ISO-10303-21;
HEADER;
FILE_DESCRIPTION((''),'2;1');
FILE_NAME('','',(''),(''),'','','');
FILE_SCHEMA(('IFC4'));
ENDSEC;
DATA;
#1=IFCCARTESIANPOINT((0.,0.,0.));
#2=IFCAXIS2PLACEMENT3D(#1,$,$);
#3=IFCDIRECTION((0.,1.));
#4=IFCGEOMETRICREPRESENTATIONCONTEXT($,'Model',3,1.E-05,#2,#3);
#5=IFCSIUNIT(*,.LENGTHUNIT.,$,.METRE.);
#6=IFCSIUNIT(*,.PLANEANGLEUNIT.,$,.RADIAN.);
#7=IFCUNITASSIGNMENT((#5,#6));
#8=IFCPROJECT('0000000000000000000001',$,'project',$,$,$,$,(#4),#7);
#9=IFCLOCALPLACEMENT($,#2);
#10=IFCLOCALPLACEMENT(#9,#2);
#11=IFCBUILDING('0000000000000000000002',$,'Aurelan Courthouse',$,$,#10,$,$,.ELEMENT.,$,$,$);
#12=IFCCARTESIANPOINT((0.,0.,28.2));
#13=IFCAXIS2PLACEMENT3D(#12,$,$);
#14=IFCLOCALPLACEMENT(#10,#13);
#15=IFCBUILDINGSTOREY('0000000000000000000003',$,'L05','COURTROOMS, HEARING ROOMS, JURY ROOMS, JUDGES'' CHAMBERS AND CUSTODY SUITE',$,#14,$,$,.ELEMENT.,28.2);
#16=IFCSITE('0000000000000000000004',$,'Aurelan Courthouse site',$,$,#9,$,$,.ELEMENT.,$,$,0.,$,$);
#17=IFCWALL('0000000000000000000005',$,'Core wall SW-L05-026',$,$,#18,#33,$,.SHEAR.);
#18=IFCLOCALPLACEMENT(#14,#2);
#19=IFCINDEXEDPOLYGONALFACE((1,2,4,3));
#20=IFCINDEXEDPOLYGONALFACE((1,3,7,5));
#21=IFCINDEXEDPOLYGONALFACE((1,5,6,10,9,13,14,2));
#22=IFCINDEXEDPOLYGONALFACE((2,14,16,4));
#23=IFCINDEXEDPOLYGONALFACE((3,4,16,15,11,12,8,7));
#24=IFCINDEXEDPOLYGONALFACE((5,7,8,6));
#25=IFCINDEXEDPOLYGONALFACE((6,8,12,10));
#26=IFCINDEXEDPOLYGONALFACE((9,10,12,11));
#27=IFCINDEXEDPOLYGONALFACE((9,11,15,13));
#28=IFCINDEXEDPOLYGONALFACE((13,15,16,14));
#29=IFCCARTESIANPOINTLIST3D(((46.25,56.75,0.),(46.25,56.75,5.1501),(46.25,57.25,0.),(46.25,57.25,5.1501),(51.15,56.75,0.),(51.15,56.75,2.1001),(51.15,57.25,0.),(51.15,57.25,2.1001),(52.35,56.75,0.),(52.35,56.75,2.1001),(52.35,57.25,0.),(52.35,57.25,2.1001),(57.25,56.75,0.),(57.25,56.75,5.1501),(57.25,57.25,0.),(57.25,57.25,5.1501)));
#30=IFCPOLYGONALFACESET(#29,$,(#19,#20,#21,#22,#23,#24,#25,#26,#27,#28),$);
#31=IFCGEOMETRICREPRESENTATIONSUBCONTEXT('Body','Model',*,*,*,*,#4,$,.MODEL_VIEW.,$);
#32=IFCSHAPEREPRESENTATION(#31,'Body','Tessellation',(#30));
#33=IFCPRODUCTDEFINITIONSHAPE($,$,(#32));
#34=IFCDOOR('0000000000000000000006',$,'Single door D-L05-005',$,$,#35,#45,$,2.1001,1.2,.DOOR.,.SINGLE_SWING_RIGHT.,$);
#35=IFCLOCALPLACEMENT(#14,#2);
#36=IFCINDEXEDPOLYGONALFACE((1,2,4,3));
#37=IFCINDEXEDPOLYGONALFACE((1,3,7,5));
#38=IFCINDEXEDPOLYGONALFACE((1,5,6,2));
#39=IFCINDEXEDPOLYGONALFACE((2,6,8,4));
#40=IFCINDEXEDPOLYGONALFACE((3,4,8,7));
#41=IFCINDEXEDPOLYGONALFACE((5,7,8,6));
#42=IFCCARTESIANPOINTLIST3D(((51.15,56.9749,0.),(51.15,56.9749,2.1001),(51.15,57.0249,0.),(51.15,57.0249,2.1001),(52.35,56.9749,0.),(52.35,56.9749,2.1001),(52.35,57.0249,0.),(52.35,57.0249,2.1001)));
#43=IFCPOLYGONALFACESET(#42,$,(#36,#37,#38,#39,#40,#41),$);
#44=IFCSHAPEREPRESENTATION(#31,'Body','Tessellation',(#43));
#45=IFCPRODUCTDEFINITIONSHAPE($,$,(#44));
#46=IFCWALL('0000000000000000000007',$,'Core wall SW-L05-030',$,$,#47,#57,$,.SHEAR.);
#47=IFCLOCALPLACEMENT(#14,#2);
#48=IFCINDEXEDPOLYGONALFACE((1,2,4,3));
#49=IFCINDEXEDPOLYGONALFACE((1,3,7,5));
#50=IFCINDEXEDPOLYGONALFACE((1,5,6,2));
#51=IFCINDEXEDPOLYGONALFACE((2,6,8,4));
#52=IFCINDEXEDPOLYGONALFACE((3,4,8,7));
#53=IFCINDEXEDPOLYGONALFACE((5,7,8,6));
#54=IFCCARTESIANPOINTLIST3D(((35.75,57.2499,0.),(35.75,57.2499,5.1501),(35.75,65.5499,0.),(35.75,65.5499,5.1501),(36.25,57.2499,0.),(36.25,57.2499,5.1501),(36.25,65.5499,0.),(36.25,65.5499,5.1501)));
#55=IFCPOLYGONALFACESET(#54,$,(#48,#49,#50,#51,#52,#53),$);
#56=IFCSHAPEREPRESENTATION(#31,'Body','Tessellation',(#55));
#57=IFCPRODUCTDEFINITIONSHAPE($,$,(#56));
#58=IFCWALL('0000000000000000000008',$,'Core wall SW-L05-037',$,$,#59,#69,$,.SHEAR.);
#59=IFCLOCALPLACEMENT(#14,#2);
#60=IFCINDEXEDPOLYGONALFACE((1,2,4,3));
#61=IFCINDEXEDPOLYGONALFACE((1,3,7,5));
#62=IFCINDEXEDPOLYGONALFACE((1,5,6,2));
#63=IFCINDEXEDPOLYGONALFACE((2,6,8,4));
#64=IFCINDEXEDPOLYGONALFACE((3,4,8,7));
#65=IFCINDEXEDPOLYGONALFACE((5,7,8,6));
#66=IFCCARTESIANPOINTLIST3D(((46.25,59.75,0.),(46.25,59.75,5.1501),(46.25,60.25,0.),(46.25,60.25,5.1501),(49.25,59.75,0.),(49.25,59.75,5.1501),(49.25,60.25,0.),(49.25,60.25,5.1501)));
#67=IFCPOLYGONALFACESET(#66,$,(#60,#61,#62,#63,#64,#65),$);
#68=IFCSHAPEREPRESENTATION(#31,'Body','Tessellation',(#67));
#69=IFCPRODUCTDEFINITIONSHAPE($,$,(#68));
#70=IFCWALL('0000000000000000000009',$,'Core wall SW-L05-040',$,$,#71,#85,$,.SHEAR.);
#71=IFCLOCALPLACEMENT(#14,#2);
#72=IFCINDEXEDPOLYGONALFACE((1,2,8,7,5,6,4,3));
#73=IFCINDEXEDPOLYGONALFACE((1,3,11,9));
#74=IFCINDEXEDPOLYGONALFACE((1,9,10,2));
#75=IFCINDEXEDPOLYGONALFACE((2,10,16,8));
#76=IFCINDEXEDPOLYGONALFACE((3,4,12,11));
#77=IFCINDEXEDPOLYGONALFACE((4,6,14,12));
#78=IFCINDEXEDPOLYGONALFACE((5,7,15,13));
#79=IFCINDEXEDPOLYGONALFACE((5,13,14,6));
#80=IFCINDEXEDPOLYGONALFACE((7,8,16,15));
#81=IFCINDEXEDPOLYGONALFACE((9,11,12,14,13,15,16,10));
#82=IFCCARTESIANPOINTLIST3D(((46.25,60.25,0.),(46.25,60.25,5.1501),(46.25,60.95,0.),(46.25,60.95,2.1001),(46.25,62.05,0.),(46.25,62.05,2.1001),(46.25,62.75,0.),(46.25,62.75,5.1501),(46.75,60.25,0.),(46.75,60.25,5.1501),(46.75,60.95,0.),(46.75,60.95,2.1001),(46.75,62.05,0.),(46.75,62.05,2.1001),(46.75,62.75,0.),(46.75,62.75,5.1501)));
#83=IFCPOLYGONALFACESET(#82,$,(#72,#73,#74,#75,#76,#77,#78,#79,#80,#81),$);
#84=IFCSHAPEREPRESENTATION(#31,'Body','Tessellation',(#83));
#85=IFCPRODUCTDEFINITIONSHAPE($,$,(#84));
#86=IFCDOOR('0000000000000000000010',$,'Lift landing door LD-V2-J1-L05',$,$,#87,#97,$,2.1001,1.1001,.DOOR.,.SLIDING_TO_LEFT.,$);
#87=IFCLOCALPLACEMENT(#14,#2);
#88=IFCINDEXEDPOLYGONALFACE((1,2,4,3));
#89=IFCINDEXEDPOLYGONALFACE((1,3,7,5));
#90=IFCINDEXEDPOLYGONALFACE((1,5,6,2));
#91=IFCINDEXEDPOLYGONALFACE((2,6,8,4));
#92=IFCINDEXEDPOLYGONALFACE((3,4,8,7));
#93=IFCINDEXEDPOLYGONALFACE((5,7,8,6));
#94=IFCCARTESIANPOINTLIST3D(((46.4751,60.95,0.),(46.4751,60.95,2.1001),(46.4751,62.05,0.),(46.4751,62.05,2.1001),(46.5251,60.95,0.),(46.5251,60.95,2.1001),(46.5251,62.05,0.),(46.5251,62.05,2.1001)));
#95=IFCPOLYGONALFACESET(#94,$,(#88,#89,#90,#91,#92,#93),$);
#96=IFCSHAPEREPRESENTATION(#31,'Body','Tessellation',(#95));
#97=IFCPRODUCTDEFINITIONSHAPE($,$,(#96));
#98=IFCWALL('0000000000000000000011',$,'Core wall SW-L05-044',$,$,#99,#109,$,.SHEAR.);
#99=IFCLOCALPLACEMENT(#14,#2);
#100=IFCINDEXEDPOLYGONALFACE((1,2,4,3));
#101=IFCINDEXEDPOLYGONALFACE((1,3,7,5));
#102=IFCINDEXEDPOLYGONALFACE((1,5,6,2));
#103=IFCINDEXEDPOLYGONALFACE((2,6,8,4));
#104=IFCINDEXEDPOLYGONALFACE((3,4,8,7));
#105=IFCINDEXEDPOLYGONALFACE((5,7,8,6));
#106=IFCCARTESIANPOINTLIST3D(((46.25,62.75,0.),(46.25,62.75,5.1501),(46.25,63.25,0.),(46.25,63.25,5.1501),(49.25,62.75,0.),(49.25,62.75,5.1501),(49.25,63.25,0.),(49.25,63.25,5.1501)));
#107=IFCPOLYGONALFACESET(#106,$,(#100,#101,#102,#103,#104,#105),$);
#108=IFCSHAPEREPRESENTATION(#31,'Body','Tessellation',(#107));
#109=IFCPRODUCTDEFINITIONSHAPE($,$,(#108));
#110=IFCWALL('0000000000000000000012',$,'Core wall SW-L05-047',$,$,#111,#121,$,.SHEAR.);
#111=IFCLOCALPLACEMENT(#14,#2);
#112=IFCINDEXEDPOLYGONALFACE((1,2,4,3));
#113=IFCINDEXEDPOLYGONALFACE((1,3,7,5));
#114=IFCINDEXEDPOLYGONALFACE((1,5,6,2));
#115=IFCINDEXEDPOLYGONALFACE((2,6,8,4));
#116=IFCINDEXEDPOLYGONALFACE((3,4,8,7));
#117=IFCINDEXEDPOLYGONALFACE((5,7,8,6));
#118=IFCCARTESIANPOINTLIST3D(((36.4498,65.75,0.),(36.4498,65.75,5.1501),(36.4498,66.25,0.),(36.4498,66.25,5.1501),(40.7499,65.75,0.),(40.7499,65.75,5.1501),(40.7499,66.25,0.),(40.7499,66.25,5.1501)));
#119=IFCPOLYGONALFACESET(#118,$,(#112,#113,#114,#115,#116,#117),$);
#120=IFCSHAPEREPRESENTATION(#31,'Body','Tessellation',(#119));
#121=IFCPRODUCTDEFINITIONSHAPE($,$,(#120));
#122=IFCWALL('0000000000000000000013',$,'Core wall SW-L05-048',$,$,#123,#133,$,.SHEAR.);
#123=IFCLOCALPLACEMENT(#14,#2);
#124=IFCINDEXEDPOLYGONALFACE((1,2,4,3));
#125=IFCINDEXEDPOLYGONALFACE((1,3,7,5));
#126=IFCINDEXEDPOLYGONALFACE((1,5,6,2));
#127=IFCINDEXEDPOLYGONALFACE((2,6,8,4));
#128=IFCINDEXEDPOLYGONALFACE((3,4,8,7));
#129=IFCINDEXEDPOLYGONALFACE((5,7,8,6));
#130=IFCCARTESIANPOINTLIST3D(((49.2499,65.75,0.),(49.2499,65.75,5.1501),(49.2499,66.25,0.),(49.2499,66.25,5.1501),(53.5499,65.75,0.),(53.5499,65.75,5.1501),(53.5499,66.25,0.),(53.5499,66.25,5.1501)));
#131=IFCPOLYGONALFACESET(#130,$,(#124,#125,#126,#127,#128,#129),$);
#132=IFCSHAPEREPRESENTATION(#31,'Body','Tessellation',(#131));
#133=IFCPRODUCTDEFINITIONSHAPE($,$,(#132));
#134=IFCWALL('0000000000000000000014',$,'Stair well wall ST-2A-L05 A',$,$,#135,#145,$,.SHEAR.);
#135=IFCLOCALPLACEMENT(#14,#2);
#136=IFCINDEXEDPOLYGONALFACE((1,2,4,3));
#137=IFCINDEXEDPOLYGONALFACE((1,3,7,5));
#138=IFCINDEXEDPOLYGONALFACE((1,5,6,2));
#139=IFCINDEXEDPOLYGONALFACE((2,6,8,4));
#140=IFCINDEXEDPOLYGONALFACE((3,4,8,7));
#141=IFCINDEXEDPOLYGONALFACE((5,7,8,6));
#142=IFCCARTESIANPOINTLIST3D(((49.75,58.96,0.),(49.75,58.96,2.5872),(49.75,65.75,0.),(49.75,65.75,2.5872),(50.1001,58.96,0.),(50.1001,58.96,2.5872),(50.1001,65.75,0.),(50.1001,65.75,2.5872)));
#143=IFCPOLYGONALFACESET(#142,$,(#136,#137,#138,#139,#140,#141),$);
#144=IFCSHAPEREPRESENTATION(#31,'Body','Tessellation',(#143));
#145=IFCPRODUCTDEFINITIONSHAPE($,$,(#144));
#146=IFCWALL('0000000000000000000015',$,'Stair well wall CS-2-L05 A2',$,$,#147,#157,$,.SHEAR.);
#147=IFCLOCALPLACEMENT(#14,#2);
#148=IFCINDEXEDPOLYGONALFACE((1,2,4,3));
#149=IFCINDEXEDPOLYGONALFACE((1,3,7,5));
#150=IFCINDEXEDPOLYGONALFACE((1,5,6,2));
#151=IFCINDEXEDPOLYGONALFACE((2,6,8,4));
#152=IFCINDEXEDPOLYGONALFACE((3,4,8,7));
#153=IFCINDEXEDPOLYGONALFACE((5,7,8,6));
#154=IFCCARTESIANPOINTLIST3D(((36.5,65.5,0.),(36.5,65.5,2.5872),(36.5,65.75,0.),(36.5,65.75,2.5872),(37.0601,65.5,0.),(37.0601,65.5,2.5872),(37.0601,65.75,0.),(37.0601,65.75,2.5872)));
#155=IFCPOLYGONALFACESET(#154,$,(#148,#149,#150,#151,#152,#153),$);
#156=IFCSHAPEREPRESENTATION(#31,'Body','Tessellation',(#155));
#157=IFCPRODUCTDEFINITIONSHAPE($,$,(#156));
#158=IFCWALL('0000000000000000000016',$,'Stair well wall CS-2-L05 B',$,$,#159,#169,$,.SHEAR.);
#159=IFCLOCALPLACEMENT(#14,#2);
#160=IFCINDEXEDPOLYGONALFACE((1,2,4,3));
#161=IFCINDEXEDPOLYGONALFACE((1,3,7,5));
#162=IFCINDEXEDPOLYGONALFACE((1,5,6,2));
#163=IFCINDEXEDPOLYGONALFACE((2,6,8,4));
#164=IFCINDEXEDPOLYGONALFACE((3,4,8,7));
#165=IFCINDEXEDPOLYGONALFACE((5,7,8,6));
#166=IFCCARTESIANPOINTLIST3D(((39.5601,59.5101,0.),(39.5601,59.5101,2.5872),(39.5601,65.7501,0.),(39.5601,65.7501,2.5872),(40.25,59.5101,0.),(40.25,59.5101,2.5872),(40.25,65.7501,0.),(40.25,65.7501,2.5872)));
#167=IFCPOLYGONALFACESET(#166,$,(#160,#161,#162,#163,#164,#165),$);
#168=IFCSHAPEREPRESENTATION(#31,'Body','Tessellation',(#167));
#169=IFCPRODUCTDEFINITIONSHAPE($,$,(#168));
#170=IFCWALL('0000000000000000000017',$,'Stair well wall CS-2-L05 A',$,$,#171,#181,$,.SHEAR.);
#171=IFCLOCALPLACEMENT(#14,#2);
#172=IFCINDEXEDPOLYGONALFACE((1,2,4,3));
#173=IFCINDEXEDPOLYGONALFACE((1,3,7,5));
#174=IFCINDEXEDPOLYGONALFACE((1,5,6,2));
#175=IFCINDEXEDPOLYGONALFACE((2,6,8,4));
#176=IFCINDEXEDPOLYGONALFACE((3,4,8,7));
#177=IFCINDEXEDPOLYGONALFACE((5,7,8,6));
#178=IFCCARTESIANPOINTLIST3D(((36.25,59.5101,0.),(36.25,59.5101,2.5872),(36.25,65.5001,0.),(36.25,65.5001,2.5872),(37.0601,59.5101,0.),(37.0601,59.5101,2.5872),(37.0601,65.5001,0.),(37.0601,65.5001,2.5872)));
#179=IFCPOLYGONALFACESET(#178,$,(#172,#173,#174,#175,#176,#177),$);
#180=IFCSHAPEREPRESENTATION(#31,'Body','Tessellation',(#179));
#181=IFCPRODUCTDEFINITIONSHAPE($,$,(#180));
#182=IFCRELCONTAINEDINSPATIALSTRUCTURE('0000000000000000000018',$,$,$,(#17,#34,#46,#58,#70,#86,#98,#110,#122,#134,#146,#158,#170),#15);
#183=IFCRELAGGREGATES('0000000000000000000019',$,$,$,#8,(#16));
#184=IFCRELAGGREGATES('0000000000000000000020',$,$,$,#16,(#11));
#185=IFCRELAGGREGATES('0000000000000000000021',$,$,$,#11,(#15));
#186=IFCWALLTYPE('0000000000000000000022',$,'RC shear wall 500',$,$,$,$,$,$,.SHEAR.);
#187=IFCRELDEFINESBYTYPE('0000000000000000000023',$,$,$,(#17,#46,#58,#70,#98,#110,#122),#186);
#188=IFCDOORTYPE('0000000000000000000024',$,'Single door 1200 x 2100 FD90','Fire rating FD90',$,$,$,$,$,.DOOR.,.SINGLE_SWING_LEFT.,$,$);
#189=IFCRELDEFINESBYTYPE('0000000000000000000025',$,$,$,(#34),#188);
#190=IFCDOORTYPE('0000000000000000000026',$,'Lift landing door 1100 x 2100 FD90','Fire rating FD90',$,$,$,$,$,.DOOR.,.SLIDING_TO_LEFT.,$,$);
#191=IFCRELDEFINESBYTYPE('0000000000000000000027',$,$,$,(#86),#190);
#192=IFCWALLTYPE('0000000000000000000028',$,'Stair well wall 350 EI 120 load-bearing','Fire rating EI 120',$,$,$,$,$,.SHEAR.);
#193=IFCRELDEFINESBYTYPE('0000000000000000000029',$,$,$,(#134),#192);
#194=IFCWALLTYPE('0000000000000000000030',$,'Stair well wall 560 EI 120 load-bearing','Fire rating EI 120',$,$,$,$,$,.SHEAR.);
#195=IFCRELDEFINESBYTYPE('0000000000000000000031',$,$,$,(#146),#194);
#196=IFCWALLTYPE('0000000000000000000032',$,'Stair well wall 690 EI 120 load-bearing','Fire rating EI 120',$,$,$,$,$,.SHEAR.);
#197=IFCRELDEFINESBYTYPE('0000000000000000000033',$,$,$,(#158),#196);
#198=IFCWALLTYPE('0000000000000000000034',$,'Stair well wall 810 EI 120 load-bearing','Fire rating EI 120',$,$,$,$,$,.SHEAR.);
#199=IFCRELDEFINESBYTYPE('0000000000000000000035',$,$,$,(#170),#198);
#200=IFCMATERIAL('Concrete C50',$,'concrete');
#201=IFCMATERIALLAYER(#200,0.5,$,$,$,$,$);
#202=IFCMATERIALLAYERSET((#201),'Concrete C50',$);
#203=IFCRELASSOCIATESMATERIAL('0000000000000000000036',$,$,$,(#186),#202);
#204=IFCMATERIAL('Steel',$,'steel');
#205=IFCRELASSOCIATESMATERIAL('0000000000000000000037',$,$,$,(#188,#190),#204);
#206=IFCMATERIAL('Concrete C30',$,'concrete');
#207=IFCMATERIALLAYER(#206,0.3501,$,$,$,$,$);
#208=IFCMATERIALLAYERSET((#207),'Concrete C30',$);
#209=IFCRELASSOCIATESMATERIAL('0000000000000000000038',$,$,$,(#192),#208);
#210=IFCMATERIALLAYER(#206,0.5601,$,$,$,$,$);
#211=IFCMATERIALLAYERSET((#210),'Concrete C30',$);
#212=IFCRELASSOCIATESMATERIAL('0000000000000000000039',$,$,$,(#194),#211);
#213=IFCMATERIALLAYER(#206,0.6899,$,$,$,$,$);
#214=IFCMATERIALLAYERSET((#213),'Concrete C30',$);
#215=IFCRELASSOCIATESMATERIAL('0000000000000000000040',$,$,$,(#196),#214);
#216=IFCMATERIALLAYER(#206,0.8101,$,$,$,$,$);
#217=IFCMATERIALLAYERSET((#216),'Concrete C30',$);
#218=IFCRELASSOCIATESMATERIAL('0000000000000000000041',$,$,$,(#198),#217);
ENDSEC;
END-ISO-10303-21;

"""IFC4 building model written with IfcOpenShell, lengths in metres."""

from ifc_helpers import new_model, si_unit, direction, frame, frame_2d, origin, place, context, subcontext, project, spatial, rectangle, extrude, material, layer, layer_set, type_object, element, fill, save


model = new_model("IFC4")

# Units and contexts
model_context = context("Model", 3, precision=1e-05, world=origin(), true_north=direction((0.0, 1.0)))
body_context = subcontext(model_context, "Body", "Model", "MODEL_VIEW")
ifc_project = project(units=[si_unit("LENGTHUNIT", "METRE"), si_unit("PLANEANGLEUNIT", "RADIAN")], contexts=[model_context])

# Site, building, storey
site_placement = place(None, origin())
site = spatial("IfcSite", under=ifc_project, at=site_placement, Name="Aurelan Courthouse site", CompositionType="ELEMENT", RefElevation=0.0)
building_placement = place(site_placement, origin())
building = spatial("IfcBuilding", under=site, at=building_placement, Name="Aurelan Courthouse", CompositionType="ELEMENT")
storey_placement = place(building_placement, frame((0.0, 0.0, 28.2)))
storey = spatial("IfcBuildingStorey", under=building, at=storey_placement, Name="L05", Description="COURTROOMS, HEARING ROOMS, JURY ROOMS, JUDGES' CHAMBERS AND CUSTODY SUITE", CompositionType="ELEMENT", Elevation=28.2)

# Shared definitions
ifc_material_1 = material(Name="Concrete C50", Category="concrete")

# Shared definitions
ifc_material_2 = material(Name="Steel", Category="steel")

# Shared definitions
ifc_material_3 = material(Name="Concrete C30", Category="concrete")

# Wall, opening, door
ifc_layer_1 = layer(ifc_material_1, 0.5)
ifc_layer_set_1 = layer_set([ifc_layer_1], Name="Concrete C50")
wall_type_1 = type_object("IfcWallType", Name="RC shear wall 500", PredefinedType="SHEAR", material=ifc_layer_set_1)
wall_1_placement = place(storey_placement, frame((46.25, 57.0, 0.0), z_axis=(0.0, 0.0, 1.0), x_axis=(1.0, 0.0, 0.0)))
wall_1 = element("IfcWall", 1, at=wall_1_placement, inside=storey, type_object=wall_type_1, Name="Core wall SW-L05-026", PredefinedType="SHEAR", context=body_context, shape_type="SweptSolid", body=[
    extrude(rectangle(XDim=11.0, YDim=0.5, at=frame_2d((5.5, 0.0))), origin(), (0.0, 0.0, 1.0), 5.1501),
])
opening_1_placement = place(wall_1_placement, frame((4.8999, 0.0, 0.0)))
opening_1 = element("IfcOpeningElement", 2, at=opening_1_placement, cuts=wall_1, PredefinedType="OPENING", context=body_context, shape_type="SweptSolid", body=[
    extrude(rectangle(XDim=1.2, YDim=2.1001, at=frame_2d((0.6001, 1.05))), frame((0.0, 0.26, 0.0), z_axis=(0.0, -1.0, 0.0), x_axis=(1.0, 0.0, 0.0)), (0.0, 0.0, 1.0), 0.52),
])
door_type_1 = type_object("IfcDoorType", Name="Single door 1200 x 2100 FD90", Description="Fire rating FD90", OperationType="SINGLE_SWING_LEFT", PredefinedType="DOOR", material=ifc_material_2)
door_1_placement = place(opening_1_placement, origin())
door_1 = element("IfcDoor", 3, at=door_1_placement, inside=storey, type_object=door_type_1, Name="Single door D-L05-005", OperationType="SINGLE_SWING_RIGHT", OverallHeight=2.1001, OverallWidth=1.2, PredefinedType="DOOR", context=body_context, shape_type="SweptSolid", body=[
    extrude(rectangle(XDim=1.2, YDim=2.1001, at=frame_2d((0.6001, 1.05))), frame((0.0, 0.0249, 0.0), z_axis=(0.0, -1.0, 0.0), x_axis=(1.0, 0.0, 0.0)), (0.0, 0.0, 1.0), 0.05),
])
fill(opening_1, door_1)

# Walls
wall_2_placement = place(storey_placement, frame((36.0, 57.25, 0.0), z_axis=(0.0, 0.0, 1.0), x_axis=(0.0, 1.0, 0.0)))
element("IfcWall", 4, at=wall_2_placement, inside=storey, type_object=wall_type_1, Name="Core wall SW-L05-030", PredefinedType="SHEAR", context=body_context, shape_type="SweptSolid", body=[
    extrude(rectangle(XDim=8.3, YDim=0.5, at=frame_2d((4.1499, 0.0))), origin(), (0.0, 0.0, 1.0), 5.1501),
])
wall_3_placement = place(storey_placement, frame((46.25, 60.0, 0.0), z_axis=(0.0, 0.0, 1.0), x_axis=(1.0, 0.0, 0.0)))
element("IfcWall", 5, at=wall_3_placement, inside=storey, type_object=wall_type_1, Name="Core wall SW-L05-037", PredefinedType="SHEAR", context=body_context, shape_type="SweptSolid", body=[
    extrude(rectangle(XDim=3.0, YDim=0.5, at=frame_2d((1.5, 0.0))), origin(), (0.0, 0.0, 1.0), 5.1501),
])

# Wall, opening, door
wall_4_placement = place(storey_placement, frame((46.5, 60.25, 0.0), z_axis=(0.0, 0.0, 1.0), x_axis=(0.0, 1.0, 0.0)))
wall_4 = element("IfcWall", 6, at=wall_4_placement, inside=storey, type_object=wall_type_1, Name="Core wall SW-L05-040", PredefinedType="SHEAR", context=body_context, shape_type="SweptSolid", body=[
    extrude(rectangle(XDim=2.5, YDim=0.5, at=frame_2d((1.25, 0.0))), origin(), (0.0, 0.0, 1.0), 5.1501),
])
opening_2_placement = place(wall_4_placement, frame((0.7, 0.0, 0.0)))
opening_2 = element("IfcOpeningElement", 7, at=opening_2_placement, cuts=wall_4, PredefinedType="OPENING", context=body_context, shape_type="SweptSolid", body=[
    extrude(rectangle(XDim=1.1001, YDim=2.1001, at=frame_2d((0.55, 1.05))), frame((0.0, 0.26, 0.0), z_axis=(0.0, -1.0, 0.0), x_axis=(1.0, 0.0, 0.0)), (0.0, 0.0, 1.0), 0.52),
])
door_type_2 = type_object("IfcDoorType", Name="Lift landing door 1100 x 2100 FD90", Description="Fire rating FD90", OperationType="SLIDING_TO_LEFT", PredefinedType="DOOR", material=ifc_material_2)
door_2_placement = place(opening_2_placement, origin())
door_2 = element("IfcDoor", 8, at=door_2_placement, inside=storey, type_object=door_type_2, Name="Lift landing door LD-V2-J1-L05", OperationType="SLIDING_TO_LEFT", OverallHeight=2.1001, OverallWidth=1.1001, PredefinedType="DOOR", context=body_context, shape_type="SweptSolid", body=[
    extrude(rectangle(XDim=1.1001, YDim=2.1001, at=frame_2d((0.55, 1.05))), frame((0.0, 0.0249, 0.0), z_axis=(0.0, -1.0, 0.0), x_axis=(1.0, 0.0, 0.0)), (0.0, 0.0, 1.0), 0.05),
])
fill(opening_2, door_2)

# Walls
wall_5_placement = place(storey_placement, frame((46.25, 63.0, 0.0), z_axis=(0.0, 0.0, 1.0), x_axis=(1.0, 0.0, 0.0)))
element("IfcWall", 9, at=wall_5_placement, inside=storey, type_object=wall_type_1, Name="Core wall SW-L05-044", PredefinedType="SHEAR", context=body_context, shape_type="SweptSolid", body=[
    extrude(rectangle(XDim=3.0, YDim=0.5, at=frame_2d((1.5, 0.0))), origin(), (0.0, 0.0, 1.0), 5.1501),
])
for number, where, z_axis, x_axis, name in (
    (10, (36.45, 66.0, 0.0), (0.0, 0.0, 1.0), (1.0, 0.0, 0.0), "Core wall SW-L05-047"),
    (11, (49.25, 66.0, 0.0), (0.0, 0.0, 1.0), (1.0, 0.0, 0.0), "Core wall SW-L05-048"),
):
    element("IfcWall", number, at=place(storey_placement, frame(where, z_axis=z_axis, x_axis=x_axis)), inside=storey, type_object=wall_type_1, Name=name, PredefinedType="SHEAR", context=body_context, shape_type="SweptSolid", body=[
        extrude(rectangle(XDim=4.3, YDim=0.5, at=frame_2d((2.1499, 0.0))), origin(), (0.0, 0.0, 1.0), 5.1501),
    ])
ifc_layer_2 = layer(ifc_material_3, 0.3501)
ifc_layer_set_2 = layer_set([ifc_layer_2], Name="Concrete C30")
wall_type_2 = type_object("IfcWallType", Name="Stair well wall 350 EI 120 load-bearing", Description="Fire rating EI 120", PredefinedType="SHEAR", material=ifc_layer_set_2)
wall_6_placement = place(storey_placement, frame((49.925, 58.96, 0.0), z_axis=(0.0, 0.0, 1.0), x_axis=(0.0, 1.0, 0.0)))
element("IfcWall", 12, at=wall_6_placement, inside=storey, type_object=wall_type_2, Name="Stair well wall ST-2A-L05 A", PredefinedType="SHEAR", context=body_context, shape_type="SweptSolid", body=[
    extrude(rectangle(XDim=6.79, YDim=0.3501, at=frame_2d((3.395, 0.0))), origin(), (0.0, 0.0, 1.0), 2.5872),
])
ifc_layer_3 = layer(ifc_material_3, 0.5601)
ifc_layer_set_3 = layer_set([ifc_layer_3], Name="Concrete C30")
wall_type_3 = type_object("IfcWallType", Name="Stair well wall 560 EI 120 load-bearing", Description="Fire rating EI 120", PredefinedType="SHEAR", material=ifc_layer_set_3)
wall_7_placement = place(storey_placement, frame((36.78, 65.5, 0.0), z_axis=(0.0, 0.0, 1.0), x_axis=(0.0, 1.0, 0.0)))
element("IfcWall", 13, at=wall_7_placement, inside=storey, type_object=wall_type_3, Name="Stair well wall CS-2-L05 A2", PredefinedType="SHEAR", context=body_context, shape_type="SweptSolid", body=[
    extrude(rectangle(XDim=0.25, YDim=0.5601, at=frame_2d((0.125, 0.0))), origin(), (0.0, 0.0, 1.0), 2.5872),
])
ifc_layer_4 = layer(ifc_material_3, 0.6899)
ifc_layer_set_4 = layer_set([ifc_layer_4], Name="Concrete C30")
wall_type_4 = type_object("IfcWallType", Name="Stair well wall 690 EI 120 load-bearing", Description="Fire rating EI 120", PredefinedType="SHEAR", material=ifc_layer_set_4)
wall_8_placement = place(storey_placement, frame((39.905, 59.51, 0.0), z_axis=(0.0, 0.0, 1.0), x_axis=(0.0, 1.0, 0.0)))
element("IfcWall", 14, at=wall_8_placement, inside=storey, type_object=wall_type_4, Name="Stair well wall CS-2-L05 B", PredefinedType="SHEAR", context=body_context, shape_type="SweptSolid", body=[
    extrude(rectangle(XDim=6.24, YDim=0.6899, at=frame_2d((3.1201, 0.0))), origin(), (0.0, 0.0, 1.0), 2.5872),
])
ifc_layer_5 = layer(ifc_material_3, 0.8101)
ifc_layer_set_5 = layer_set([ifc_layer_5], Name="Concrete C30")
wall_type_5 = type_object("IfcWallType", Name="Stair well wall 810 EI 120 load-bearing", Description="Fire rating EI 120", PredefinedType="SHEAR", material=ifc_layer_set_5)
wall_9_placement = place(storey_placement, frame((36.655, 59.51, 0.0), z_axis=(0.0, 0.0, 1.0), x_axis=(0.0, 1.0, 0.0)))
element("IfcWall", 15, at=wall_9_placement, inside=storey, type_object=wall_type_5, Name="Stair well wall CS-2-L05 A", PredefinedType="SHEAR", context=body_context, shape_type="SweptSolid", body=[
    extrude(rectangle(XDim=5.99, YDim=0.8101, at=frame_2d((2.9951, 0.0))), origin(), (0.0, 0.0, 1.0), 2.5872),
])

save(model, "model.ifc")
